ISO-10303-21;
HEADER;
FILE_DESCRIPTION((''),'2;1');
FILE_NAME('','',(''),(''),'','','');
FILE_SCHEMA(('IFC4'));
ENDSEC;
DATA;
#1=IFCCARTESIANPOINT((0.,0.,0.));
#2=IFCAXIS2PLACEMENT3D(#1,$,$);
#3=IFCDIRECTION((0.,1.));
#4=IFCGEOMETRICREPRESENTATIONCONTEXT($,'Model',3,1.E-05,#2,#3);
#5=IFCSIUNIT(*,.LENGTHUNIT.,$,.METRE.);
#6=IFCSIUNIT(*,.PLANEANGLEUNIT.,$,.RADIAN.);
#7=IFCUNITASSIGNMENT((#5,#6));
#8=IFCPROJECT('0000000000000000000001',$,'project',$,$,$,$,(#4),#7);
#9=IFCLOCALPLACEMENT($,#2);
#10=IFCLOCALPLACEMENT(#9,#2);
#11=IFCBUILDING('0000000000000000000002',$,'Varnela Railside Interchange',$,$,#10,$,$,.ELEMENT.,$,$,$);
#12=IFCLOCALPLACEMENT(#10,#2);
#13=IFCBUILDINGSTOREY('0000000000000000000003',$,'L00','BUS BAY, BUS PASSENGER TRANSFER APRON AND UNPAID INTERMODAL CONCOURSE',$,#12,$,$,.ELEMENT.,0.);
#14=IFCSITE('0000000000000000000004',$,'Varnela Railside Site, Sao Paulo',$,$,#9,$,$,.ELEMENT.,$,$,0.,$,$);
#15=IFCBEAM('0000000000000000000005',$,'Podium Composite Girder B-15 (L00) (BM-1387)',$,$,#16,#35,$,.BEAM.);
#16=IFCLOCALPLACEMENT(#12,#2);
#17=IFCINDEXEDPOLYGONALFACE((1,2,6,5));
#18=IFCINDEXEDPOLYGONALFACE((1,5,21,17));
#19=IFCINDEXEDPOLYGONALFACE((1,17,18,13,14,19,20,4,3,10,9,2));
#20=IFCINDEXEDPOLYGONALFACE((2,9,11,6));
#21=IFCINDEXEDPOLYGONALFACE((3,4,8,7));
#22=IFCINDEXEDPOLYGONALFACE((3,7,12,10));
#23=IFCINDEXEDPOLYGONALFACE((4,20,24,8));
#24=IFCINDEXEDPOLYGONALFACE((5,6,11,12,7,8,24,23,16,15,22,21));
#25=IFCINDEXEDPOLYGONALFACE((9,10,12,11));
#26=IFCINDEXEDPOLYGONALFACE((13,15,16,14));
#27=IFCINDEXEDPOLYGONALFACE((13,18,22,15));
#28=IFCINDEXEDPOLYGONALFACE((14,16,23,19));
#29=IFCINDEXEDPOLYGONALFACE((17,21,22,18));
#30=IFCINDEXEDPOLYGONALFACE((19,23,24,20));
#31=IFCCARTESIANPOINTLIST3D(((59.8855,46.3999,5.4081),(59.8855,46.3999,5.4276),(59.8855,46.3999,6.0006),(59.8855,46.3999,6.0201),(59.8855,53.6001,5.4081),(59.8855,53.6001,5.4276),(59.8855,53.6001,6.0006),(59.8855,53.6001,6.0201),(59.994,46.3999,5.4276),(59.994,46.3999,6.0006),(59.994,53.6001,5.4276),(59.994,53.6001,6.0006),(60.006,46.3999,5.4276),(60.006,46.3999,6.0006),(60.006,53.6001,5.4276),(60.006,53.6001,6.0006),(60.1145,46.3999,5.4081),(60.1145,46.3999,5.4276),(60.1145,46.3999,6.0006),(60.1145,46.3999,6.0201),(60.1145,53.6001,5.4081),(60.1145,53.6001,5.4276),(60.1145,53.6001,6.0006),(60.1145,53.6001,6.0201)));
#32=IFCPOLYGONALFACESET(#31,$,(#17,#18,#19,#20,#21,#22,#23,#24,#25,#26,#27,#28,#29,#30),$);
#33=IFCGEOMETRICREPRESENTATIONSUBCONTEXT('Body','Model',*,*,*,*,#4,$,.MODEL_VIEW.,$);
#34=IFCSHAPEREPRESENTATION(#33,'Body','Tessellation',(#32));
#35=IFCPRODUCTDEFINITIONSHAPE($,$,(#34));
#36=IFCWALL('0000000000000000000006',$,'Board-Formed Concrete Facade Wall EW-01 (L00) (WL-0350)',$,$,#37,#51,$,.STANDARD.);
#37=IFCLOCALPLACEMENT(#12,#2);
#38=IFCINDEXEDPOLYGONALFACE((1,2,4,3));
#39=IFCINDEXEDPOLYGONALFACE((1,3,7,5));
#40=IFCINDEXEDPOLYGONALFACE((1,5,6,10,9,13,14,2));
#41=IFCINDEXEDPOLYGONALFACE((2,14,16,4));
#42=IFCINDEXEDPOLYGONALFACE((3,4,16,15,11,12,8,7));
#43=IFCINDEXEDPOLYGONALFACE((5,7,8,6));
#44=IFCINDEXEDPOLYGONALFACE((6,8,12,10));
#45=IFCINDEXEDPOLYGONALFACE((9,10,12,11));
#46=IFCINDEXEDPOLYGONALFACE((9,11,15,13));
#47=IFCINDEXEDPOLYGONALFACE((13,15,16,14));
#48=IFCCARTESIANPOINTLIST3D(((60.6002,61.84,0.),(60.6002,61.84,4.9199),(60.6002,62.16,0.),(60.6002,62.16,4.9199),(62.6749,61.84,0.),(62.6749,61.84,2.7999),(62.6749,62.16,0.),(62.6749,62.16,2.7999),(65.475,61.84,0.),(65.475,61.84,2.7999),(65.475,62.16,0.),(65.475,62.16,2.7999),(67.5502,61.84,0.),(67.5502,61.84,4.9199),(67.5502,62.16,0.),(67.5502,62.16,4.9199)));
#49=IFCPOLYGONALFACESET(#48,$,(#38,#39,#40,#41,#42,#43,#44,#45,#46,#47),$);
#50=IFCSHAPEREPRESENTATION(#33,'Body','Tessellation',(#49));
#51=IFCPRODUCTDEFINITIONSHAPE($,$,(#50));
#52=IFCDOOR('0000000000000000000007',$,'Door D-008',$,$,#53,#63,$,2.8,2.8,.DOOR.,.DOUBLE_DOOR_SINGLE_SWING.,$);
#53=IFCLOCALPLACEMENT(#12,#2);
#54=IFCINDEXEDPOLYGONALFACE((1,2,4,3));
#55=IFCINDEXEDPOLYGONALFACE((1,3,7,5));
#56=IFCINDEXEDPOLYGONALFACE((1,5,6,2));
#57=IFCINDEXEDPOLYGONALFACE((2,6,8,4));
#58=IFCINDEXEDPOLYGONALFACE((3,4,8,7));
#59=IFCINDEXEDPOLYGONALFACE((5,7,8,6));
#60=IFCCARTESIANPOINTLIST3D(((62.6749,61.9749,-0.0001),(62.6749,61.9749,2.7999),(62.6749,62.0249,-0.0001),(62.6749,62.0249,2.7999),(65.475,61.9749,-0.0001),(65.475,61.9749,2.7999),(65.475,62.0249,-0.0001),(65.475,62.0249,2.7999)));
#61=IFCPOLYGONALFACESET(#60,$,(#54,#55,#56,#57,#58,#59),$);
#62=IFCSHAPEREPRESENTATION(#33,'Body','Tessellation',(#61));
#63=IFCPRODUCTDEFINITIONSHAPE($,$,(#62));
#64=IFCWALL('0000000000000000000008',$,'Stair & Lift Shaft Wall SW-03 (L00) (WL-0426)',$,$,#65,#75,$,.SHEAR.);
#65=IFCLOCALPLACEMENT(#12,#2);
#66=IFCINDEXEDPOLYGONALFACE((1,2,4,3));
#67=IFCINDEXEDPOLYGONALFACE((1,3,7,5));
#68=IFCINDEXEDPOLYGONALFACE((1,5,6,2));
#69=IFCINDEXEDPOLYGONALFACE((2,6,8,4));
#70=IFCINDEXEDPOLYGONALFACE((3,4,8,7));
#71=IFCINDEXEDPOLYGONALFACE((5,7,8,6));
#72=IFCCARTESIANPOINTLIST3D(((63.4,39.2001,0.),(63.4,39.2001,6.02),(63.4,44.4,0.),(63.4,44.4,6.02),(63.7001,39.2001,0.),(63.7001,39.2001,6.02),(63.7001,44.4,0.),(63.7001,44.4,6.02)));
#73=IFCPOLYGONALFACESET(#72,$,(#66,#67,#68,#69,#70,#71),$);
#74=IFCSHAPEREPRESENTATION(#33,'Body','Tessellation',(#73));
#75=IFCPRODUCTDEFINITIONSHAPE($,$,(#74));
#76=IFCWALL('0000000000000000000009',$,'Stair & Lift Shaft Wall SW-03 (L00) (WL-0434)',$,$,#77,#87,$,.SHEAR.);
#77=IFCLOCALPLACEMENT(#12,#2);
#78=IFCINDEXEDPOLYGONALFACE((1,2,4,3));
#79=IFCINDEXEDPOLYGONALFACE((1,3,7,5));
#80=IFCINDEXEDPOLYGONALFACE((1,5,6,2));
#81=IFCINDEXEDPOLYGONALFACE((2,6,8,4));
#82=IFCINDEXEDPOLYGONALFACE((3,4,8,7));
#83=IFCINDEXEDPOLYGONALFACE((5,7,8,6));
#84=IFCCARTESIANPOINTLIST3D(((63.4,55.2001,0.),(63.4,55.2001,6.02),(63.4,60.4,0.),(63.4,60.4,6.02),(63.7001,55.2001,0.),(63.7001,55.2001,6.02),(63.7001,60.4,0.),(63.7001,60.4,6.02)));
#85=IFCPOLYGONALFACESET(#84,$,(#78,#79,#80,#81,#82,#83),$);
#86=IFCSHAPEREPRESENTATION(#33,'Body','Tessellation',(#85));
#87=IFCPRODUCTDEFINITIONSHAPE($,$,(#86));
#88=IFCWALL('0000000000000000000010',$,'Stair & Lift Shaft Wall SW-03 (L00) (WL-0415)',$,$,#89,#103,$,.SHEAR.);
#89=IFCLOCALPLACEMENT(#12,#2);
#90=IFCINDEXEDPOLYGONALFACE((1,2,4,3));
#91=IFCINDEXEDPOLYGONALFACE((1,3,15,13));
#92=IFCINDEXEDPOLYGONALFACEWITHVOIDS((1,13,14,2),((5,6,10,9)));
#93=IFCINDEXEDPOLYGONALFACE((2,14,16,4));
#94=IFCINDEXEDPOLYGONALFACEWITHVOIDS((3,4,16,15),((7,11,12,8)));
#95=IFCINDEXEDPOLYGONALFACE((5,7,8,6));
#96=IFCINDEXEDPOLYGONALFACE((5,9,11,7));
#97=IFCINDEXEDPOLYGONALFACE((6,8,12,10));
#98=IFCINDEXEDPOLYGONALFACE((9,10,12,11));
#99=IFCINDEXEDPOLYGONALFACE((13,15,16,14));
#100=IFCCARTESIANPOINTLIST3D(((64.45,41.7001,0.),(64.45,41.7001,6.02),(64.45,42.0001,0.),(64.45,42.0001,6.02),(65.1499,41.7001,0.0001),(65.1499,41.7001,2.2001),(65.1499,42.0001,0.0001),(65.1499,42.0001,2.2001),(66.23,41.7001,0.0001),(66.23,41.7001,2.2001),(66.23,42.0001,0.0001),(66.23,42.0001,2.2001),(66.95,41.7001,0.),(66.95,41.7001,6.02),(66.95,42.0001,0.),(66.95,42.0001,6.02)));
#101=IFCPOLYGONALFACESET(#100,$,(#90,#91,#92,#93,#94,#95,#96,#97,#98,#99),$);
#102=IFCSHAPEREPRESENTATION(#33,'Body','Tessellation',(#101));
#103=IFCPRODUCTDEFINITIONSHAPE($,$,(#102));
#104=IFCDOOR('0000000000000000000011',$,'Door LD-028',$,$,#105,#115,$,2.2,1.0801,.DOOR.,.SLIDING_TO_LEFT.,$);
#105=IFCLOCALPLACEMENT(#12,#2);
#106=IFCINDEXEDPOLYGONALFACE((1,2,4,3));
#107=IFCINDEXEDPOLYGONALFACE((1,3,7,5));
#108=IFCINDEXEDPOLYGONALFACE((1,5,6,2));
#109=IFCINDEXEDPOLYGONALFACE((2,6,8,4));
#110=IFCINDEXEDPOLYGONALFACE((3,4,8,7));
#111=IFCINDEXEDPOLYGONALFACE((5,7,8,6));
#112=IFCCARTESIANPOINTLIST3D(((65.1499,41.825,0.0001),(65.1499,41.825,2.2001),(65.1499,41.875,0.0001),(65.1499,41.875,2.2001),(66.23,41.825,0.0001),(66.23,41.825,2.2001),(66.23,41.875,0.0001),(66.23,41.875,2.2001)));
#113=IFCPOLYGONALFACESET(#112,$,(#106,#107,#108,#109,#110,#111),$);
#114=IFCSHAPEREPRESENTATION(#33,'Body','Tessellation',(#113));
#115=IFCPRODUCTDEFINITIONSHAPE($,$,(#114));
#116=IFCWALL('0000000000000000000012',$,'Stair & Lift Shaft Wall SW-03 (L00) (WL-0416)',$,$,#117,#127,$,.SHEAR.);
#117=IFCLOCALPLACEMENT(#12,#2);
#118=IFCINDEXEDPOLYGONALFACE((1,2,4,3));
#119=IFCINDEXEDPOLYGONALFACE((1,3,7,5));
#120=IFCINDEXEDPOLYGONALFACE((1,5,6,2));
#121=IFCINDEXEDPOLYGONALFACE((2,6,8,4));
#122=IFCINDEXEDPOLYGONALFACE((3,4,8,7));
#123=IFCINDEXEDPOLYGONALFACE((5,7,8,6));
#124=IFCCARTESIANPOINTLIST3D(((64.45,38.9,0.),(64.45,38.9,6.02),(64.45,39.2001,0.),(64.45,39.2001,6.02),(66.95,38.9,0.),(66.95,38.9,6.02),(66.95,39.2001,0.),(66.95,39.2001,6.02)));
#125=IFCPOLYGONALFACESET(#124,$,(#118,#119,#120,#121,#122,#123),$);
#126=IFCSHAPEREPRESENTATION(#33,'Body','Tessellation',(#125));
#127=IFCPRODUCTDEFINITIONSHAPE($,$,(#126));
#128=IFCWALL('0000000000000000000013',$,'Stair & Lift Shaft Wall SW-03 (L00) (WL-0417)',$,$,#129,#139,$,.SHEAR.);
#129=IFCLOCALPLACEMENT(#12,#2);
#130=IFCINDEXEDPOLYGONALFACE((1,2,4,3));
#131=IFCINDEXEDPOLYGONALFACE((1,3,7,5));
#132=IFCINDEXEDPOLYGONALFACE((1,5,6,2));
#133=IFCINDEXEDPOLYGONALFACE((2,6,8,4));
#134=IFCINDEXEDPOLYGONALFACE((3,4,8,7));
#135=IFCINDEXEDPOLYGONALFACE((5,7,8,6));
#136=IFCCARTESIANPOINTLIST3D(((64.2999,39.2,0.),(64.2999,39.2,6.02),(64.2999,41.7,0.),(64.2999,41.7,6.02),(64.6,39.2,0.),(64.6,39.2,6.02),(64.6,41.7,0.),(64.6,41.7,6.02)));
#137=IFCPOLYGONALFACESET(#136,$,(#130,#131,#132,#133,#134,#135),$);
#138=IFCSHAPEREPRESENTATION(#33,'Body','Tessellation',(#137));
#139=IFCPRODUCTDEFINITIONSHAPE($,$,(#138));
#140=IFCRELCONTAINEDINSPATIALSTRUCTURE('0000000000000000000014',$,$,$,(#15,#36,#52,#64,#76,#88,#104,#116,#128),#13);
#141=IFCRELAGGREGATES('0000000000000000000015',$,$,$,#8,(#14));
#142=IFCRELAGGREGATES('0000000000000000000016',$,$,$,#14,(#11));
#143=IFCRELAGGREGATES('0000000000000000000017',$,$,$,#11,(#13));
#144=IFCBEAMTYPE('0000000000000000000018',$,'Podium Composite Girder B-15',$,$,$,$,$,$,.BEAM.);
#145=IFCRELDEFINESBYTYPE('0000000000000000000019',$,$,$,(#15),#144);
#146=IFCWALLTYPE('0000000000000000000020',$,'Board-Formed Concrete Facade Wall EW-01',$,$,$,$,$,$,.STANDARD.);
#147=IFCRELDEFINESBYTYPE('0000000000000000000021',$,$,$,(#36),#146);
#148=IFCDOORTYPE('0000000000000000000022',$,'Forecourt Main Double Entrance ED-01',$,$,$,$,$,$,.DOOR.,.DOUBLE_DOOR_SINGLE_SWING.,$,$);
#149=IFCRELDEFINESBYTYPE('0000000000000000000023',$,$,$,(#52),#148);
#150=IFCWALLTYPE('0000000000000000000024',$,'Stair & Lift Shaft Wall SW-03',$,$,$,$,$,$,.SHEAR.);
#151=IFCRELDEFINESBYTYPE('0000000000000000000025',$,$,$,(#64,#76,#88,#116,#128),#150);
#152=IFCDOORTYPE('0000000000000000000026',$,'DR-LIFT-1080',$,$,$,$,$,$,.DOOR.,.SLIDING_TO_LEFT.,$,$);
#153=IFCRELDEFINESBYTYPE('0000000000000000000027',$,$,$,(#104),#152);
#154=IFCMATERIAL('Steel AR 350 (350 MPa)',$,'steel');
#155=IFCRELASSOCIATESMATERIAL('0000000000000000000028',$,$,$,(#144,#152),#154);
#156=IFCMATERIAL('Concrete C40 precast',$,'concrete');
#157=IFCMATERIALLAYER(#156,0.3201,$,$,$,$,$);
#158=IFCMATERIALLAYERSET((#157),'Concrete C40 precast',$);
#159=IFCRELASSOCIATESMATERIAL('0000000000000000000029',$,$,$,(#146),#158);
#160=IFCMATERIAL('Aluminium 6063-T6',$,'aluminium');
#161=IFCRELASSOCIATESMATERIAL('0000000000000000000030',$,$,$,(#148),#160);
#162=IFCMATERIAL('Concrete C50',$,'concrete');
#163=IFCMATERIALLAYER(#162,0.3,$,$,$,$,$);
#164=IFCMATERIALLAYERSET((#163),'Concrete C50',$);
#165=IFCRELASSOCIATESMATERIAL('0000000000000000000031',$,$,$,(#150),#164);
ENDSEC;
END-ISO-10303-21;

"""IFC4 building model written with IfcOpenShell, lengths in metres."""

from ifc_helpers import new_model, si_unit, direction, frame, frame_2d, origin, origin_2d, place, context, subcontext, project, spatial, rectangle, i_section, extrude, material, layer, layer_set, material_profile, profile_set, type_object, element, fill, save


model = new_model("IFC4")

# Units and contexts
model_context = context("Model", 3, precision=1e-05, world=origin(), true_north=direction((0.0, 1.0)))
body_context = subcontext(model_context, "Body", "Model", "MODEL_VIEW")
ifc_project = project(units=[si_unit("LENGTHUNIT", "METRE"), si_unit("PLANEANGLEUNIT", "RADIAN")], contexts=[model_context])

# Site, building, storey
site_placement = place(None, origin())
site = spatial("IfcSite", under=ifc_project, at=site_placement, Name="Varnela Railside Site, Sao Paulo", CompositionType="ELEMENT", RefElevation=0.0)
building_placement = place(site_placement, origin())
building = spatial("IfcBuilding", under=site, at=building_placement, Name="Varnela Railside Interchange", CompositionType="ELEMENT")
storey_placement = place(building_placement, origin())
storey = spatial("IfcBuildingStorey", under=building, at=storey_placement, Name="L00", Description="BUS BAY, BUS PASSENGER TRANSFER APRON AND UNPAID INTERMODAL CONCOURSE", CompositionType="ELEMENT", Elevation=0.0)

# Shared definitions
ifc_material_1 = material(Name="Concrete C50", Category="concrete")

# Beam
ifc_material_2 = material(Name="Steel AR 350 (350 MPa)", Category="steel")
ifc_material_profile_1 = material_profile(ifc_material_2, i_section(OverallWidth=0.229, OverallDepth=0.6121, WebThickness=0.012, FlangeThickness=0.0195, at=origin_2d()), Name="W610x125")
ifc_profile_set_1 = profile_set([ifc_material_profile_1], Name="Steel AR 350 (350 MPa)")
beam_type_1 = type_object("IfcBeamType", Name="Podium Composite Girder B-15", PredefinedType="BEAM", material=ifc_profile_set_1)
beam_1_placement = place(storey_placement, frame((60.0, 46.3999, 5.7141), z_axis=(0.0, 1.0, 0.0), x_axis=(-1.0, 0.0, 0.0)))
element("IfcBeam", 1, at=beam_1_placement, inside=storey, type_object=beam_type_1, Name="Podium Composite Girder B-15 (L00) (BM-1387)", PredefinedType="BEAM", context=body_context, shape_type="SweptSolid", body=[
    extrude(i_section(OverallWidth=0.229, OverallDepth=0.6121, WebThickness=0.012, FlangeThickness=0.0195, at=origin_2d()), origin(), (0.0, 0.0, 1.0), 7.2002),
])

# Wall, opening, door
ifc_material_3 = material(Name="Concrete C40 precast", Category="concrete")
ifc_layer_1 = layer(ifc_material_3, 0.3201)
ifc_layer_set_1 = layer_set([ifc_layer_1], Name="Concrete C40 precast")
wall_type_1 = type_object("IfcWallType", Name="Board-Formed Concrete Facade Wall EW-01", PredefinedType="STANDARD", material=ifc_layer_set_1)
wall_1_placement = place(storey_placement, frame((60.6001, 62.0, 0.0), z_axis=(0.0, 0.0, 1.0), x_axis=(1.0, 0.0, 0.0)))
wall_1 = element("IfcWall", 2, at=wall_1_placement, inside=storey, type_object=wall_type_1, Name="Board-Formed Concrete Facade Wall EW-01 (L00) (WL-0350)", PredefinedType="STANDARD", context=body_context, shape_type="SweptSolid", body=[
    extrude(rectangle(XDim=6.95, YDim=0.3201, at=frame_2d((3.4751, 0.0))), origin(), (0.0, 0.0, 1.0), 4.9199),
])
opening_1_placement = place(wall_1_placement, frame((2.075, 0.0, 0.0)))
opening_1 = element("IfcOpeningElement", 3, at=opening_1_placement, cuts=wall_1, PredefinedType="OPENING", context=body_context, shape_type="SweptSolid", body=[
    extrude(rectangle(XDim=2.8, YDim=2.8, at=frame_2d((1.3999, 1.3999))), frame((0.0, 0.1699, 0.0), z_axis=(0.0, -1.0, 0.0), x_axis=(1.0, 0.0, 0.0)), (0.0, 0.0, 1.0), 0.3401),
])
ifc_material_4 = material(Name="Aluminium 6063-T6", Category="aluminium")
door_type_1 = type_object("IfcDoorType", Name="Forecourt Main Double Entrance ED-01", OperationType="DOUBLE_DOOR_SINGLE_SWING", PredefinedType="DOOR", material=ifc_material_4)
door_1_placement = place(opening_1_placement, origin())
door_1 = element("IfcDoor", 4, at=door_1_placement, inside=storey, type_object=door_type_1, Name="Door D-008", OperationType="DOUBLE_DOOR_SINGLE_SWING", OverallHeight=2.8, OverallWidth=2.8, PredefinedType="DOOR", context=body_context, shape_type="SweptSolid", body=[
    extrude(rectangle(XDim=2.8, YDim=2.8, at=frame_2d((1.3999, 1.3999))), frame((0.0, 0.0249, 0.0), z_axis=(0.0, -1.0, 0.0), x_axis=(1.0, 0.0, 0.0)), (0.0, 0.0, 1.0), 0.05),
])
fill(opening_1, door_1)

# Walls
ifc_layer_2 = layer(ifc_material_1, 0.3)
ifc_layer_set_2 = layer_set([ifc_layer_2], Name="Concrete C50")
wall_type_2 = type_object("IfcWallType", Name="Stair & Lift Shaft Wall SW-03", PredefinedType="SHEAR", material=ifc_layer_set_2)
for number, where, z_axis, x_axis, name in (
    (5, (63.55, 39.2, 0.0), (0.0, 0.0, 1.0), (0.0, 1.0, 0.0), "Stair & Lift Shaft Wall SW-03 (L00) (WL-0426)"),
    (6, (63.55, 55.2, 0.0), (0.0, 0.0, 1.0), (0.0, 1.0, 0.0), "Stair & Lift Shaft Wall SW-03 (L00) (WL-0434)"),
):
    element("IfcWall", number, at=place(storey_placement, frame(where, z_axis=z_axis, x_axis=x_axis)), inside=storey, type_object=wall_type_2, Name=name, PredefinedType="SHEAR", context=body_context, shape_type="SweptSolid", body=[
        extrude(rectangle(XDim=5.2, YDim=0.3, at=frame_2d((2.6001, 0.0))), origin(), (0.0, 0.0, 1.0), 6.02),
    ])

# Wall, opening, door
wall_2_placement = place(storey_placement, frame((64.45, 41.8501, 0.0), z_axis=(0.0, 0.0, 1.0), x_axis=(1.0, 0.0, 0.0)))
wall_2 = element("IfcWall", 7, at=wall_2_placement, inside=storey, type_object=wall_type_2, Name="Stair & Lift Shaft Wall SW-03 (L00) (WL-0415)", PredefinedType="SHEAR", context=body_context, shape_type="SweptSolid", body=[
    extrude(rectangle(XDim=2.5, YDim=0.3, at=frame_2d((1.25, 0.0))), origin(), (0.0, 0.0, 1.0), 6.02),
])
opening_2_placement = place(wall_2_placement, frame((0.7, 0.0, 0.0)))
opening_2 = element("IfcOpeningElement", 8, at=opening_2_placement, cuts=wall_2, PredefinedType="OPENING", context=body_context, shape_type="SweptSolid", body=[
    extrude(rectangle(XDim=1.0801, YDim=2.2, at=frame_2d((0.54, 1.1001))), frame((0.0, 0.1599, 0.0), z_axis=(0.0, -1.0, 0.0), x_axis=(1.0, 0.0, 0.0)), (0.0, 0.0, 1.0), 0.3201),
])
door_type_2 = type_object("IfcDoorType", Name="DR-LIFT-1080", OperationType="SLIDING_TO_LEFT", PredefinedType="DOOR", material=ifc_material_2)
door_2_placement = place(opening_2_placement, origin())
door_2 = element("IfcDoor", 9, at=door_2_placement, inside=storey, type_object=door_type_2, Name="Door LD-028", OperationType="SLIDING_TO_LEFT", OverallHeight=2.2, OverallWidth=1.0801, PredefinedType="DOOR", context=body_context, shape_type="SweptSolid", body=[
    extrude(rectangle(XDim=1.0801, YDim=2.2, at=frame_2d((0.54, 1.1001))), frame((0.0, 0.0249, 0.0), z_axis=(0.0, -1.0, 0.0), x_axis=(1.0, 0.0, 0.0)), (0.0, 0.0, 1.0), 0.05),
])
fill(opening_2, door_2)

# Walls
for number, where, z_axis, x_axis, name in (
    (10, (64.45, 39.05, 0.0), (0.0, 0.0, 1.0), (1.0, 0.0, 0.0), "Stair & Lift Shaft Wall SW-03 (L00) (WL-0416)"),
    (11, (64.45, 39.2, 0.0), (0.0, 0.0, 1.0), (0.0, 1.0, 0.0), "Stair & Lift Shaft Wall SW-03 (L00) (WL-0417)"),
):
    element("IfcWall", number, at=place(storey_placement, frame(where, z_axis=z_axis, x_axis=x_axis)), inside=storey, type_object=wall_type_2, Name=name, PredefinedType="SHEAR", context=body_context, shape_type="SweptSolid", body=[
        extrude(rectangle(XDim=2.5, YDim=0.3, at=frame_2d((1.25, 0.0))), origin(), (0.0, 0.0, 1.0), 6.02),
    ])

save(model, "model.ifc")
